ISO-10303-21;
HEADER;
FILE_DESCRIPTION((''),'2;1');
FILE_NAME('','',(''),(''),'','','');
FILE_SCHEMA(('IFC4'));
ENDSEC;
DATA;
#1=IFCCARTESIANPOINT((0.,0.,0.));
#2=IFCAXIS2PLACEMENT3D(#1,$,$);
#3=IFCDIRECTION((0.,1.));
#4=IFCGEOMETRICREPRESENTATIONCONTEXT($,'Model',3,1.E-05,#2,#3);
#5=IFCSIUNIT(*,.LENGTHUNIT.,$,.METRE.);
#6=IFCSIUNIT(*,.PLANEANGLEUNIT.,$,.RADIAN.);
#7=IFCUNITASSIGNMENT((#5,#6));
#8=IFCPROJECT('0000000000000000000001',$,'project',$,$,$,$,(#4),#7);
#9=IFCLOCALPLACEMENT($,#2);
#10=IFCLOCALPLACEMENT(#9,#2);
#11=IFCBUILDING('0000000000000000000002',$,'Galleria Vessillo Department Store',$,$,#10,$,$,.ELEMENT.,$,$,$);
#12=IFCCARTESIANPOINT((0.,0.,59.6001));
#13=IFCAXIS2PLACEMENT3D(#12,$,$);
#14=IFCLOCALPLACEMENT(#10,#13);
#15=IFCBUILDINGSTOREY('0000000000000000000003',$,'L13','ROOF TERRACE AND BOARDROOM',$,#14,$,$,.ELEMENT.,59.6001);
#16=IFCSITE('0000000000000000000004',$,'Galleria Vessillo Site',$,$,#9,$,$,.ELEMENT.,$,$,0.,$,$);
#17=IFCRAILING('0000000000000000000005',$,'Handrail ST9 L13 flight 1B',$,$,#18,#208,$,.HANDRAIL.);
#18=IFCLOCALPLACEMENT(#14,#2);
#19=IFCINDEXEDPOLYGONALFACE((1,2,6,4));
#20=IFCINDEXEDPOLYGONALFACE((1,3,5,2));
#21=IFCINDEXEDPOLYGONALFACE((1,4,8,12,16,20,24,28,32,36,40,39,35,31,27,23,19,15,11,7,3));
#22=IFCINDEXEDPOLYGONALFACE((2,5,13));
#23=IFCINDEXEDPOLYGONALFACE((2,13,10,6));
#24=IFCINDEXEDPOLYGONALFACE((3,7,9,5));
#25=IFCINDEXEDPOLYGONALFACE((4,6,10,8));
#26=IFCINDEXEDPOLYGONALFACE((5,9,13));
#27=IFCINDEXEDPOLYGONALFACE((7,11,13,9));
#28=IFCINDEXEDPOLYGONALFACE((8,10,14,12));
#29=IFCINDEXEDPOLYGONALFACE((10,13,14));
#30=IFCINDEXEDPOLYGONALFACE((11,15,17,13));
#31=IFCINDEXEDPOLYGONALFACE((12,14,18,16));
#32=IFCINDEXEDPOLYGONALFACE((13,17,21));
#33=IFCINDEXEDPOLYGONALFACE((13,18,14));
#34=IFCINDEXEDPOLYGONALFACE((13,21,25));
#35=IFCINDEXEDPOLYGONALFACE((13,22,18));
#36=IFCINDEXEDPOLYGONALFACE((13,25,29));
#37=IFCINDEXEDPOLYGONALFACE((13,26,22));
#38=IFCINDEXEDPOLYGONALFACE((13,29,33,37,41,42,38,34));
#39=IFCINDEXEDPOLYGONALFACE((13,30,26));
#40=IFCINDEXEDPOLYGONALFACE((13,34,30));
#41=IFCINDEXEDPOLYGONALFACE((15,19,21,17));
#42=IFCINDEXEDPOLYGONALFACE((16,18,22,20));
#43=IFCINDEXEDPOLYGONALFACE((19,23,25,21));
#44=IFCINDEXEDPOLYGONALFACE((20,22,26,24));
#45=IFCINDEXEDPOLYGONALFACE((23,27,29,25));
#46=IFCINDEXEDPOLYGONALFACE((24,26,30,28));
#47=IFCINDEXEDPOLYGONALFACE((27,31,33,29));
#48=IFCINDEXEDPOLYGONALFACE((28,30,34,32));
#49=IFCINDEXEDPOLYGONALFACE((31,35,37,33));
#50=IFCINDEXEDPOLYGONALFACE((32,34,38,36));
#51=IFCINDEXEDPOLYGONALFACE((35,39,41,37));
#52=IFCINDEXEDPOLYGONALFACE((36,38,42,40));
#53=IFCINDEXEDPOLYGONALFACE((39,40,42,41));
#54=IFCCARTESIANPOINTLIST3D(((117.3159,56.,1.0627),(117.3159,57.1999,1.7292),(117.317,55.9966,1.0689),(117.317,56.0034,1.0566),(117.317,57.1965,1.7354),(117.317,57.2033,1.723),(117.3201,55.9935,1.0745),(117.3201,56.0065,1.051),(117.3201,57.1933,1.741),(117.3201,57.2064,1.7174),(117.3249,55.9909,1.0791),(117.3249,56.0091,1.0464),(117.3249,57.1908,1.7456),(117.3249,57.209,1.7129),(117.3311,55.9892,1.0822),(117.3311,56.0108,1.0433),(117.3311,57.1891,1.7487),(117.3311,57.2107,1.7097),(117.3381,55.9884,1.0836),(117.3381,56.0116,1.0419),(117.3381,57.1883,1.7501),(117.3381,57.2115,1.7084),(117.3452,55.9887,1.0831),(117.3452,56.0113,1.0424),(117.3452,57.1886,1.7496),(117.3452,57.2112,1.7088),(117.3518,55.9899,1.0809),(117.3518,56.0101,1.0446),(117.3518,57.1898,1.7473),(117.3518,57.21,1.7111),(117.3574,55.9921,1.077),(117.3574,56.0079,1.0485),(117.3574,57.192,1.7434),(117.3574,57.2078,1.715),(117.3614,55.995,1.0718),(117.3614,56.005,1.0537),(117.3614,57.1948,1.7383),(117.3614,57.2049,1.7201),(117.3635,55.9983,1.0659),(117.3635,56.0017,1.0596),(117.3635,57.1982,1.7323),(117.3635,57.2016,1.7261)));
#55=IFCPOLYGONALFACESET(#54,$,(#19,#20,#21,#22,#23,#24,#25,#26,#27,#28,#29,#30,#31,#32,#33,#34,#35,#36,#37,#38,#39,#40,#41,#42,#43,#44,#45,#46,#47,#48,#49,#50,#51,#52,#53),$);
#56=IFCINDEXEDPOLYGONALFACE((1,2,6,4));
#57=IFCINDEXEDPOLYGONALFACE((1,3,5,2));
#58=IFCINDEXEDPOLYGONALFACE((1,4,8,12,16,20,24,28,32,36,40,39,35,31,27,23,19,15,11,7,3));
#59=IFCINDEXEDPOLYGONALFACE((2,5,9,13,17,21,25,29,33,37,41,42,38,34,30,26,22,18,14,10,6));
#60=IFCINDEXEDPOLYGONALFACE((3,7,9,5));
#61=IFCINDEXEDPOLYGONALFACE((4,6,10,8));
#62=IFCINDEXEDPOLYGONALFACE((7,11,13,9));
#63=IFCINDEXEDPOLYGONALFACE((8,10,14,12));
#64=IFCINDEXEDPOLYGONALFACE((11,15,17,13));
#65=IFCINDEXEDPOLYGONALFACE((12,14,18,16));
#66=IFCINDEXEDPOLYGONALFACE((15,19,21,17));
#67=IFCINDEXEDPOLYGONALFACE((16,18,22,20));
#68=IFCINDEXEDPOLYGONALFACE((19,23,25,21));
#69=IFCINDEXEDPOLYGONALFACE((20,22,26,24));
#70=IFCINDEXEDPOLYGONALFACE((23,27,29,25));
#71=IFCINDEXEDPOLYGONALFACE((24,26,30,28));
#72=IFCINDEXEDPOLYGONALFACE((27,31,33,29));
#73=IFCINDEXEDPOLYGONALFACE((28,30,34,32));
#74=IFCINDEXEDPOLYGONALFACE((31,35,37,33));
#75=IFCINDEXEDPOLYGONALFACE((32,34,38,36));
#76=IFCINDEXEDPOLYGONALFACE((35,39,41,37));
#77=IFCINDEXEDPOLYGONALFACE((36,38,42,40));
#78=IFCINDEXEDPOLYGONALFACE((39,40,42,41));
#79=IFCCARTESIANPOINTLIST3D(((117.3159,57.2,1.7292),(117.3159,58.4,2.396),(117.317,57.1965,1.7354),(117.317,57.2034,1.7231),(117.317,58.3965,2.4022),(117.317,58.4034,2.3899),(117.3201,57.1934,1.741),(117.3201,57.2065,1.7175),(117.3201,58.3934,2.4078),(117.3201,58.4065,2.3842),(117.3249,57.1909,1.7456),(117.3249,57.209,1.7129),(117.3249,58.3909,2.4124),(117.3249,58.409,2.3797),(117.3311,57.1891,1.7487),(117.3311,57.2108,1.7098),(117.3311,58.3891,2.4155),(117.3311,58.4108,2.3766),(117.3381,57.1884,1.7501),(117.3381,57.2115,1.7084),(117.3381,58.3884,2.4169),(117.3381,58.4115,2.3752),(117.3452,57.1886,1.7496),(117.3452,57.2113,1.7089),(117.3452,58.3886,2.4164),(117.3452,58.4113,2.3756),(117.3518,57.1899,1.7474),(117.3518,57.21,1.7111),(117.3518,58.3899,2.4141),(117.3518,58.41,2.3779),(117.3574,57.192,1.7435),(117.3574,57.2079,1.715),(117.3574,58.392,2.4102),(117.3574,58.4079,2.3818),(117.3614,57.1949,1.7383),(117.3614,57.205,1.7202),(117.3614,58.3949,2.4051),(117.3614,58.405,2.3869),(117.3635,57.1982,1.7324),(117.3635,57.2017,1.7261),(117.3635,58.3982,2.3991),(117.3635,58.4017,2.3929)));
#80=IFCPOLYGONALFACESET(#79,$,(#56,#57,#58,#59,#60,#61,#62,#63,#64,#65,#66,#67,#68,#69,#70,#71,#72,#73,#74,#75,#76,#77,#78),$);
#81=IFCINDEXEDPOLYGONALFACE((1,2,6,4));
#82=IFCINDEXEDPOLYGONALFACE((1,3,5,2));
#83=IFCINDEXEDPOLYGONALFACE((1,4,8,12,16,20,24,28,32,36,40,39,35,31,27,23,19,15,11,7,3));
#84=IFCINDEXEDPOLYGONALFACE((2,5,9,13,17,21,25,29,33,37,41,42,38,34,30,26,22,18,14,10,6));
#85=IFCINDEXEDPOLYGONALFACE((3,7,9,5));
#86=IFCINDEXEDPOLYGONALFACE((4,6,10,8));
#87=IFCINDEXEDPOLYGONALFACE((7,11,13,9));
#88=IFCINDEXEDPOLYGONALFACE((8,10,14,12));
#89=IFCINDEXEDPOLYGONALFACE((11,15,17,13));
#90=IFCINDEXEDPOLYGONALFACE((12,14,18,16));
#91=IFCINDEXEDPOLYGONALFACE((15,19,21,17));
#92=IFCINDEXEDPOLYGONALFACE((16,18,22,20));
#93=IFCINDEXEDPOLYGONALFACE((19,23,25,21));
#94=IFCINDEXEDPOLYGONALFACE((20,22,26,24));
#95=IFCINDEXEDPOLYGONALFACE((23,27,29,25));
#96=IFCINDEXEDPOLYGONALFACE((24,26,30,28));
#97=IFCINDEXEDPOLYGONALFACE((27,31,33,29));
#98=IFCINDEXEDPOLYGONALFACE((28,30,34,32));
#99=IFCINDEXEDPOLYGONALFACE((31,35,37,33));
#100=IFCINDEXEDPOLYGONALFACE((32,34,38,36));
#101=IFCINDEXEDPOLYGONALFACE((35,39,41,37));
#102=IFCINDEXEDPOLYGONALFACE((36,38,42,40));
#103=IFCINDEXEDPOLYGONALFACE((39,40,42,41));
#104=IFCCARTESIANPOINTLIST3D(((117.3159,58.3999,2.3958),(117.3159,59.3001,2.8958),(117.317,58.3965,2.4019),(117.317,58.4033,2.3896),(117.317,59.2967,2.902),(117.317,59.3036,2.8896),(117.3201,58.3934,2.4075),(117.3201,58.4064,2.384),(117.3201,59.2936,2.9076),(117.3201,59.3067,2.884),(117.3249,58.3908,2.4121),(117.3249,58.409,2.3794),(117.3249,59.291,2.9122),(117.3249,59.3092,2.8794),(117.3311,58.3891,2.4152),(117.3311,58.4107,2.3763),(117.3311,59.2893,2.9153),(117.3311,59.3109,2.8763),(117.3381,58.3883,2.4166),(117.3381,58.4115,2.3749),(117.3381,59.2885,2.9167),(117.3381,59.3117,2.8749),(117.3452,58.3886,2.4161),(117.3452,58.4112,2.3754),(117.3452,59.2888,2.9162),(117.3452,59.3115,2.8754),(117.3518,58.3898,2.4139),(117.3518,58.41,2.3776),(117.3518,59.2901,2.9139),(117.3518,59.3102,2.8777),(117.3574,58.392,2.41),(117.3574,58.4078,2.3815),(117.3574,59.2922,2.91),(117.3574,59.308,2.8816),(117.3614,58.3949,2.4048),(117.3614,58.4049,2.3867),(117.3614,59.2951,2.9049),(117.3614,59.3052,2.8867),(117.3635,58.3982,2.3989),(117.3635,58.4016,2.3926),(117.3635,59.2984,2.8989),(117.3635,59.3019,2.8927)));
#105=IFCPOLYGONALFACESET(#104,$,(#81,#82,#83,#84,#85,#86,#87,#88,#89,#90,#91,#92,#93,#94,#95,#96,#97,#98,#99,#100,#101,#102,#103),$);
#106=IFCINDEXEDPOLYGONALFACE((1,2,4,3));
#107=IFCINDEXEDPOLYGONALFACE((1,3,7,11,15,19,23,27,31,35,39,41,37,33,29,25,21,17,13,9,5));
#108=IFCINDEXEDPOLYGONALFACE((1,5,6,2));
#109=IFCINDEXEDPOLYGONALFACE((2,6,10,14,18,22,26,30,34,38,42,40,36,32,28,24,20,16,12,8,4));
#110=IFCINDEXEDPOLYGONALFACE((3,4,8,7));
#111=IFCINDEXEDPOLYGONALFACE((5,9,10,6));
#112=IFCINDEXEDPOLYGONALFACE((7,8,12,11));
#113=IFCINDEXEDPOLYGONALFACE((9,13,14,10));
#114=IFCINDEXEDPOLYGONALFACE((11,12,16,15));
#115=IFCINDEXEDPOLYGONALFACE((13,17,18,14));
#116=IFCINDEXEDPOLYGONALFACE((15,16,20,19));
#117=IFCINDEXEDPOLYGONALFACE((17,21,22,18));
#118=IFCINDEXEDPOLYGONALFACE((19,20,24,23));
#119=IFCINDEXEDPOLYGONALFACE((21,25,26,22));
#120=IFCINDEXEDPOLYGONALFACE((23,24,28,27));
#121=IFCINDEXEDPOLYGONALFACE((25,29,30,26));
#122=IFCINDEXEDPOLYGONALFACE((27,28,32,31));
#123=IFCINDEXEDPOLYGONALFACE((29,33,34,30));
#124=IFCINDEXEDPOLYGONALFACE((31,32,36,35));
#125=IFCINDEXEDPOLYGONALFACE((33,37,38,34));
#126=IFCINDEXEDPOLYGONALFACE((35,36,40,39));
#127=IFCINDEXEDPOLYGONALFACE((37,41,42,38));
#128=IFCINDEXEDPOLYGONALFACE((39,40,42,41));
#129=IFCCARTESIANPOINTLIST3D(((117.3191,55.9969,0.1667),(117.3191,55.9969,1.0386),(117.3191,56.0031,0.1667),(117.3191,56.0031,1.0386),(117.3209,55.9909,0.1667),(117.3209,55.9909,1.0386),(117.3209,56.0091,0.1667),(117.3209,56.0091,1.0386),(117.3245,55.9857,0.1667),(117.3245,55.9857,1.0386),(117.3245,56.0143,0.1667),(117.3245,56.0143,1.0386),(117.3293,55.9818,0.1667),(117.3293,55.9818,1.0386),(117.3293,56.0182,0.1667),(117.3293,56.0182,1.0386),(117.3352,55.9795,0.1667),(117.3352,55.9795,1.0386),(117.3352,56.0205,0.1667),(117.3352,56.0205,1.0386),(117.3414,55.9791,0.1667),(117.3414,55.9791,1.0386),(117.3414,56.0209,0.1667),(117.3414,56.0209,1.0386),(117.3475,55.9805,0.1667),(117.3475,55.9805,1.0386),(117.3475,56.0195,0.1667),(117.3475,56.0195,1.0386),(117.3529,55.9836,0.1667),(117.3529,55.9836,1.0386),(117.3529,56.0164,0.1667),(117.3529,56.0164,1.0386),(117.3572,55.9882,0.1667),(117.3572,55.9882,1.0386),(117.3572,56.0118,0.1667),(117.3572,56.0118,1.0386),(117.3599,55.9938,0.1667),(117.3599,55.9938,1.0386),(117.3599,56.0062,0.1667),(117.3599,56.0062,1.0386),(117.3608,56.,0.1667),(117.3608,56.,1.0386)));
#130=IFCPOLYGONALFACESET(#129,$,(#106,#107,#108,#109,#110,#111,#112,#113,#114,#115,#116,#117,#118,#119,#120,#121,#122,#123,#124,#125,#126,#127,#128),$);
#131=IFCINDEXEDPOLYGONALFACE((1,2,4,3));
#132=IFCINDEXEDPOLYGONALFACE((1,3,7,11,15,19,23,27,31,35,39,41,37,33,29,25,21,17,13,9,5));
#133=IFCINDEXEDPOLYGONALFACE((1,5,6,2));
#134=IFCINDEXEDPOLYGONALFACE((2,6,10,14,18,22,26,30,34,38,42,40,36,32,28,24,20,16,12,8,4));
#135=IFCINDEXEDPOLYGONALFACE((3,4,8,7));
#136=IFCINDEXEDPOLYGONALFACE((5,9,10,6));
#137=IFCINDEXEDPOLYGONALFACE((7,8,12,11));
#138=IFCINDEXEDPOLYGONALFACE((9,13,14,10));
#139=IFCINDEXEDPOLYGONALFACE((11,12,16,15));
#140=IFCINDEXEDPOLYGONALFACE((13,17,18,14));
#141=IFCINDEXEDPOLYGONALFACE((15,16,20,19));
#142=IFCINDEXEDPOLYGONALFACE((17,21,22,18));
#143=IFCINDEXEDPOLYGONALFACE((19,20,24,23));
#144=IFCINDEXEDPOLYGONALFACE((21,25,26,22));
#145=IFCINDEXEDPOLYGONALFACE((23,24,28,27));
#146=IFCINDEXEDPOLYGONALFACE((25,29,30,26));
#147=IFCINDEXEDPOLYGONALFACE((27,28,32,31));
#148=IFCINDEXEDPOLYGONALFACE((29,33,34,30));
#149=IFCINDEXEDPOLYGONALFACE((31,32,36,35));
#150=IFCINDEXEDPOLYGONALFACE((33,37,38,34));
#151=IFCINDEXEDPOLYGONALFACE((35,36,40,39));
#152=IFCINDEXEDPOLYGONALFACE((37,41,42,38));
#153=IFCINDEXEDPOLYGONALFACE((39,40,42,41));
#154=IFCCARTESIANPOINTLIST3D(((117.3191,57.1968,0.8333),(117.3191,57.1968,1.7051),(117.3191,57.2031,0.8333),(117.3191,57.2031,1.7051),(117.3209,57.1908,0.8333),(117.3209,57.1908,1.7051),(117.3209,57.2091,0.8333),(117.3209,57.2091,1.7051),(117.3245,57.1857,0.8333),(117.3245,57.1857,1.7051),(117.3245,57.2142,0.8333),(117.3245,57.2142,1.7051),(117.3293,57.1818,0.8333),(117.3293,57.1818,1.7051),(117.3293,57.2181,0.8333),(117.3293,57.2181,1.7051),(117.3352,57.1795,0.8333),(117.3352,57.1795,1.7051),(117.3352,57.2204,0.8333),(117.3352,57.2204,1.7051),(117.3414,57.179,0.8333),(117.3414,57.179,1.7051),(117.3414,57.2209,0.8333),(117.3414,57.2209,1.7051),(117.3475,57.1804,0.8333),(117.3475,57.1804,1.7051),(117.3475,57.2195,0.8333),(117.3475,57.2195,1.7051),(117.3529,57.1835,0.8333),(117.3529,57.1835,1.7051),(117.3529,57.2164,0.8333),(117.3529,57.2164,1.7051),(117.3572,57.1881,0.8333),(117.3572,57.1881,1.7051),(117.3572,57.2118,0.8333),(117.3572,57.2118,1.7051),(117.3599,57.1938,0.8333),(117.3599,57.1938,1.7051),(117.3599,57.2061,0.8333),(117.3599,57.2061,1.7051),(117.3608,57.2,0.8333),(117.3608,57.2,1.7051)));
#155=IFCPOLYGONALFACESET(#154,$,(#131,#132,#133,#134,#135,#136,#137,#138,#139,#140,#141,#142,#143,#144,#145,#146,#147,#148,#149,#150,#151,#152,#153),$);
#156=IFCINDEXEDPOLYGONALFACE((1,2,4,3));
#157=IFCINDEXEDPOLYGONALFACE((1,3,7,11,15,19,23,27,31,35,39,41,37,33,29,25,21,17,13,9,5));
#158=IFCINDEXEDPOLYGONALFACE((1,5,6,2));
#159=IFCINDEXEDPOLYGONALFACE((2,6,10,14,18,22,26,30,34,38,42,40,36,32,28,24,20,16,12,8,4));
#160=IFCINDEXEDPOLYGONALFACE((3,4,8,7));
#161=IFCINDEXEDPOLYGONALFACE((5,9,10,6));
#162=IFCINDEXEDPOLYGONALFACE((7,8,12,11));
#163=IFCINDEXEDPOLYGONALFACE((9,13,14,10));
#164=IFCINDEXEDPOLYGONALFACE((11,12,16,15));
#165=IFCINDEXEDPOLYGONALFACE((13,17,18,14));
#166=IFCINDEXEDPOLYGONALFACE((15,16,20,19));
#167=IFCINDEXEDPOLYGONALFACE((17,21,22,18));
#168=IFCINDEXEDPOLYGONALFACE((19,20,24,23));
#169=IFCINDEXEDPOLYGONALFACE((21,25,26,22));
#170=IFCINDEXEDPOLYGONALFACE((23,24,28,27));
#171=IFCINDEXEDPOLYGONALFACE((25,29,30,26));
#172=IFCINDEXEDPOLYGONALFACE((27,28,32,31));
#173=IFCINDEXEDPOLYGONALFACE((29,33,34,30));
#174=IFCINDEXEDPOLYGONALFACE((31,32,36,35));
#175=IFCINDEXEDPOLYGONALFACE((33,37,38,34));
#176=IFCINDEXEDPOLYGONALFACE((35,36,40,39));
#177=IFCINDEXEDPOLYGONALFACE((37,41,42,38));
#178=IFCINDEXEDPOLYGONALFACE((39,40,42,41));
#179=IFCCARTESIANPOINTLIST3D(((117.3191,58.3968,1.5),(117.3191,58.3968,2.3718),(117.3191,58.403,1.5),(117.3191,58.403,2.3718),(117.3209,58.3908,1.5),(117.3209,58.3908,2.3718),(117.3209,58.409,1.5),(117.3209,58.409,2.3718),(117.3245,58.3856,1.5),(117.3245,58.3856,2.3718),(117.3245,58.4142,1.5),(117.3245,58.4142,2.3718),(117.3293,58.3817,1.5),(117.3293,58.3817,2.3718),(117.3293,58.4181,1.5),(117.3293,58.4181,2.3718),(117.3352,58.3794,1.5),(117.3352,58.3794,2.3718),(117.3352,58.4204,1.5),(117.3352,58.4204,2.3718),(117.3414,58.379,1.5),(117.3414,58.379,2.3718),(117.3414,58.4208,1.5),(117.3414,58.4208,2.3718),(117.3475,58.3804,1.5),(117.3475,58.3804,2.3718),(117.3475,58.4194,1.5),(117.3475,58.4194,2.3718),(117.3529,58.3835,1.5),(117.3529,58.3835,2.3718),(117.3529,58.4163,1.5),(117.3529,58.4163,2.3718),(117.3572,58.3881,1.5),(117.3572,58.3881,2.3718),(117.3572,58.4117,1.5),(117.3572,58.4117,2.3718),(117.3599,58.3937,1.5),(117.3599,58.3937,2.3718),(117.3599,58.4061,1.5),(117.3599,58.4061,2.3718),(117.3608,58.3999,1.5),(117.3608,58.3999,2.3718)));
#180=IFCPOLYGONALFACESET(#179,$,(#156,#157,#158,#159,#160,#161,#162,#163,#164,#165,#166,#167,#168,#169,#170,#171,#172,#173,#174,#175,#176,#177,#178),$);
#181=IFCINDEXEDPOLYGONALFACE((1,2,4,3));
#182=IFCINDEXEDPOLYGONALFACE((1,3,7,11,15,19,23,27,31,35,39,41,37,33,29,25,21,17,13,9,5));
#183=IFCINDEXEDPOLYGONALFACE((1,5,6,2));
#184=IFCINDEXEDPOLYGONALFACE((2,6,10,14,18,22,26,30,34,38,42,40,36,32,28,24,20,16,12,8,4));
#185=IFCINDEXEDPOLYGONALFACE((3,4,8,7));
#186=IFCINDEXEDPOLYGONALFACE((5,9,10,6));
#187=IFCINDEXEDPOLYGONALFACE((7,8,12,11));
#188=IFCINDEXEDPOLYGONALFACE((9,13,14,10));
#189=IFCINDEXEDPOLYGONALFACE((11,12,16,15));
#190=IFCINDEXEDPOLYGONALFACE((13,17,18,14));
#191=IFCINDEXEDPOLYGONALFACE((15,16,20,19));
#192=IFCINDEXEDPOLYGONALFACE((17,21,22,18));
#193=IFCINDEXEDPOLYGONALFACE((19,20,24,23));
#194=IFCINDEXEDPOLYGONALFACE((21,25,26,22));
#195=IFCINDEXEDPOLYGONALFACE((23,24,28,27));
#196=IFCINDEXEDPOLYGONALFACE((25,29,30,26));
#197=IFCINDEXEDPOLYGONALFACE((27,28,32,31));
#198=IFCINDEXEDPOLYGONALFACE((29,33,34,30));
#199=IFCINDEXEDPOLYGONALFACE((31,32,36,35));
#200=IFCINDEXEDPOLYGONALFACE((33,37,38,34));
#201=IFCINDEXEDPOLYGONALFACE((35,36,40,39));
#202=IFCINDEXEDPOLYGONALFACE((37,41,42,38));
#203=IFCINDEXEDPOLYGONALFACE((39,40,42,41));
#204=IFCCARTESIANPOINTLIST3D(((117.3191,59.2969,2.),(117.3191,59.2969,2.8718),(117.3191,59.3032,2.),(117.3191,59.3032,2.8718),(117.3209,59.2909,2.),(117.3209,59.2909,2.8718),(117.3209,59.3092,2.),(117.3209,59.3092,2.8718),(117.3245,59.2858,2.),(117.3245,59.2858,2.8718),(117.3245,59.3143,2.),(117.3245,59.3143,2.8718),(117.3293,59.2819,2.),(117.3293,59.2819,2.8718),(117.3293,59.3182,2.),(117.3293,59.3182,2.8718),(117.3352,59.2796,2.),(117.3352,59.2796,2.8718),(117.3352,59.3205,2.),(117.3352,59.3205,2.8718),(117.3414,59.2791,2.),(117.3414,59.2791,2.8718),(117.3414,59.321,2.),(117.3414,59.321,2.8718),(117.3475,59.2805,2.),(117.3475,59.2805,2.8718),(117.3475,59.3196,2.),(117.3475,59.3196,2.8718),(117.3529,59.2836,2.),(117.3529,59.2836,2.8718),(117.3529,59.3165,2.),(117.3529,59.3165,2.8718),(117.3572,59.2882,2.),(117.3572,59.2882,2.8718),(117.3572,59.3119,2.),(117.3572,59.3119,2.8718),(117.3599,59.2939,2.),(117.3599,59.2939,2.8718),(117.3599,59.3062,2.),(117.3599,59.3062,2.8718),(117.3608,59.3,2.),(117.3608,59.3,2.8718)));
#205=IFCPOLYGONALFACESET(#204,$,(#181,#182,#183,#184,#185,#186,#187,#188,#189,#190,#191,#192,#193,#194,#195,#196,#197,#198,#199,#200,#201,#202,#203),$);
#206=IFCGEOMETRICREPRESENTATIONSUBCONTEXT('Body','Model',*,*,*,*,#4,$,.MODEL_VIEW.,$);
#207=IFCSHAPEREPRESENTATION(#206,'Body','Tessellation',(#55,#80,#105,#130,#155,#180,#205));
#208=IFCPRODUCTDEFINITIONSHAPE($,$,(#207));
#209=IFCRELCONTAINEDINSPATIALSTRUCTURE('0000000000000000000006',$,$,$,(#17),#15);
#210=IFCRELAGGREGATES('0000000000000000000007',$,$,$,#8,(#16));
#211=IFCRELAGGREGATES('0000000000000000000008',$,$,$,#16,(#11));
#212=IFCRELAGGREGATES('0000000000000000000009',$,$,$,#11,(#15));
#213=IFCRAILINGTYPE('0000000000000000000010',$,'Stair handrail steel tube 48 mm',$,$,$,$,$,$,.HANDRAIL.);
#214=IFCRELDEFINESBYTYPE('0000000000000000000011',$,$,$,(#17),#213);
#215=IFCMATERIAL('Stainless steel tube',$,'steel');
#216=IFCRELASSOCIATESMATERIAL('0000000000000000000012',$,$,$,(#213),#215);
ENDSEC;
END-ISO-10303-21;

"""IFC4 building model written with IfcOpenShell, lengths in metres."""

from ifc_helpers import new_model, si_unit, direction, frame, origin, origin_2d, place, context, subcontext, project, spatial, circle, extrude, material, type_object, element, save


model = new_model("IFC4")

# Units and contexts
model_context = context("Model", 3, precision=1e-05, world=origin(), true_north=direction((0.0, 1.0)))
body_context = subcontext(model_context, "Body", "Model", "MODEL_VIEW")
ifc_project = project(units=[si_unit("LENGTHUNIT", "METRE"), si_unit("PLANEANGLEUNIT", "RADIAN")], contexts=[model_context])

# Site, building, storey
site_placement = place(None, origin())
site = spatial("IfcSite", under=ifc_project, at=site_placement, Name="Galleria Vessillo Site", CompositionType="ELEMENT", RefElevation=0.0)
building_placement = place(site_placement, origin())
building = spatial("IfcBuilding", under=site, at=building_placement, Name="Galleria Vessillo Department Store", CompositionType="ELEMENT")
storey_placement = place(building_placement, frame((0.0, 0.0, 59.6001)))
storey = spatial("IfcBuildingStorey", under=building, at=storey_placement, Name="L13", Description="ROOF TERRACE AND BOARDROOM", CompositionType="ELEMENT", Elevation=59.6001)

# Railing
ifc_material_1 = material(Name="Stainless steel tube", Category="steel")
railing_type = type_object("IfcRailingType", Name="Stair handrail steel tube 48 mm", PredefinedType="HANDRAIL", material=ifc_material_1)
for number, where, name in (
    (1, (117.3398, 56.0, 0.1667), "Handrail ST9 L13 flight 1B"),
):
    element("IfcRailing", number, at=place(storey_placement, frame(where)), inside=storey, type_object=railing_type, Name=name, PredefinedType="HANDRAIL", context=body_context, shape_type="SweptSolid", body=[
        extrude(circle(Radius=0.0239, at=origin_2d()), frame((0.0, 0.0, 0.896), z_axis=(0.0, 0.874199, 0.485567), x_axis=(-1.0, 0.0, 0.0)), (0.0, 0.0, 1.0), 1.3726),
        extrude(circle(Radius=0.0239, at=origin_2d()), frame((0.0, 1.2, 1.5625), z_axis=(0.0, 0.874124, 0.485703), x_axis=(-1.0, 0.0, 0.0)), (0.0, 0.0, 1.0), 1.3728),
        extrude(circle(Radius=0.0239, at=origin_2d()), frame((0.0, 2.3999, 2.229), z_axis=(0.0, 0.874191, 0.485583), x_axis=(-1.0, 0.0, 0.0)), (0.0, 0.0, 1.0), 1.0298),
        extrude(circle(Radius=0.021, at=origin_2d()), origin(), (0.0, 0.0, 1.0), 0.8718),
        extrude(circle(Radius=0.021, at=origin_2d()), frame((0.0, 1.2, 0.6665)), (0.0, 0.0, 1.0), 0.8718),
        extrude(circle(Radius=0.021, at=origin_2d()), frame((0.0, 2.3999, 1.3333)), (0.0, 0.0, 1.0), 0.8718),
        extrude(circle(Radius=0.021, at=origin_2d()), frame((0.0, 3.3, 1.8333)), (0.0, 0.0, 1.0), 0.8718),
    ])

save(model, "model.ifc")
